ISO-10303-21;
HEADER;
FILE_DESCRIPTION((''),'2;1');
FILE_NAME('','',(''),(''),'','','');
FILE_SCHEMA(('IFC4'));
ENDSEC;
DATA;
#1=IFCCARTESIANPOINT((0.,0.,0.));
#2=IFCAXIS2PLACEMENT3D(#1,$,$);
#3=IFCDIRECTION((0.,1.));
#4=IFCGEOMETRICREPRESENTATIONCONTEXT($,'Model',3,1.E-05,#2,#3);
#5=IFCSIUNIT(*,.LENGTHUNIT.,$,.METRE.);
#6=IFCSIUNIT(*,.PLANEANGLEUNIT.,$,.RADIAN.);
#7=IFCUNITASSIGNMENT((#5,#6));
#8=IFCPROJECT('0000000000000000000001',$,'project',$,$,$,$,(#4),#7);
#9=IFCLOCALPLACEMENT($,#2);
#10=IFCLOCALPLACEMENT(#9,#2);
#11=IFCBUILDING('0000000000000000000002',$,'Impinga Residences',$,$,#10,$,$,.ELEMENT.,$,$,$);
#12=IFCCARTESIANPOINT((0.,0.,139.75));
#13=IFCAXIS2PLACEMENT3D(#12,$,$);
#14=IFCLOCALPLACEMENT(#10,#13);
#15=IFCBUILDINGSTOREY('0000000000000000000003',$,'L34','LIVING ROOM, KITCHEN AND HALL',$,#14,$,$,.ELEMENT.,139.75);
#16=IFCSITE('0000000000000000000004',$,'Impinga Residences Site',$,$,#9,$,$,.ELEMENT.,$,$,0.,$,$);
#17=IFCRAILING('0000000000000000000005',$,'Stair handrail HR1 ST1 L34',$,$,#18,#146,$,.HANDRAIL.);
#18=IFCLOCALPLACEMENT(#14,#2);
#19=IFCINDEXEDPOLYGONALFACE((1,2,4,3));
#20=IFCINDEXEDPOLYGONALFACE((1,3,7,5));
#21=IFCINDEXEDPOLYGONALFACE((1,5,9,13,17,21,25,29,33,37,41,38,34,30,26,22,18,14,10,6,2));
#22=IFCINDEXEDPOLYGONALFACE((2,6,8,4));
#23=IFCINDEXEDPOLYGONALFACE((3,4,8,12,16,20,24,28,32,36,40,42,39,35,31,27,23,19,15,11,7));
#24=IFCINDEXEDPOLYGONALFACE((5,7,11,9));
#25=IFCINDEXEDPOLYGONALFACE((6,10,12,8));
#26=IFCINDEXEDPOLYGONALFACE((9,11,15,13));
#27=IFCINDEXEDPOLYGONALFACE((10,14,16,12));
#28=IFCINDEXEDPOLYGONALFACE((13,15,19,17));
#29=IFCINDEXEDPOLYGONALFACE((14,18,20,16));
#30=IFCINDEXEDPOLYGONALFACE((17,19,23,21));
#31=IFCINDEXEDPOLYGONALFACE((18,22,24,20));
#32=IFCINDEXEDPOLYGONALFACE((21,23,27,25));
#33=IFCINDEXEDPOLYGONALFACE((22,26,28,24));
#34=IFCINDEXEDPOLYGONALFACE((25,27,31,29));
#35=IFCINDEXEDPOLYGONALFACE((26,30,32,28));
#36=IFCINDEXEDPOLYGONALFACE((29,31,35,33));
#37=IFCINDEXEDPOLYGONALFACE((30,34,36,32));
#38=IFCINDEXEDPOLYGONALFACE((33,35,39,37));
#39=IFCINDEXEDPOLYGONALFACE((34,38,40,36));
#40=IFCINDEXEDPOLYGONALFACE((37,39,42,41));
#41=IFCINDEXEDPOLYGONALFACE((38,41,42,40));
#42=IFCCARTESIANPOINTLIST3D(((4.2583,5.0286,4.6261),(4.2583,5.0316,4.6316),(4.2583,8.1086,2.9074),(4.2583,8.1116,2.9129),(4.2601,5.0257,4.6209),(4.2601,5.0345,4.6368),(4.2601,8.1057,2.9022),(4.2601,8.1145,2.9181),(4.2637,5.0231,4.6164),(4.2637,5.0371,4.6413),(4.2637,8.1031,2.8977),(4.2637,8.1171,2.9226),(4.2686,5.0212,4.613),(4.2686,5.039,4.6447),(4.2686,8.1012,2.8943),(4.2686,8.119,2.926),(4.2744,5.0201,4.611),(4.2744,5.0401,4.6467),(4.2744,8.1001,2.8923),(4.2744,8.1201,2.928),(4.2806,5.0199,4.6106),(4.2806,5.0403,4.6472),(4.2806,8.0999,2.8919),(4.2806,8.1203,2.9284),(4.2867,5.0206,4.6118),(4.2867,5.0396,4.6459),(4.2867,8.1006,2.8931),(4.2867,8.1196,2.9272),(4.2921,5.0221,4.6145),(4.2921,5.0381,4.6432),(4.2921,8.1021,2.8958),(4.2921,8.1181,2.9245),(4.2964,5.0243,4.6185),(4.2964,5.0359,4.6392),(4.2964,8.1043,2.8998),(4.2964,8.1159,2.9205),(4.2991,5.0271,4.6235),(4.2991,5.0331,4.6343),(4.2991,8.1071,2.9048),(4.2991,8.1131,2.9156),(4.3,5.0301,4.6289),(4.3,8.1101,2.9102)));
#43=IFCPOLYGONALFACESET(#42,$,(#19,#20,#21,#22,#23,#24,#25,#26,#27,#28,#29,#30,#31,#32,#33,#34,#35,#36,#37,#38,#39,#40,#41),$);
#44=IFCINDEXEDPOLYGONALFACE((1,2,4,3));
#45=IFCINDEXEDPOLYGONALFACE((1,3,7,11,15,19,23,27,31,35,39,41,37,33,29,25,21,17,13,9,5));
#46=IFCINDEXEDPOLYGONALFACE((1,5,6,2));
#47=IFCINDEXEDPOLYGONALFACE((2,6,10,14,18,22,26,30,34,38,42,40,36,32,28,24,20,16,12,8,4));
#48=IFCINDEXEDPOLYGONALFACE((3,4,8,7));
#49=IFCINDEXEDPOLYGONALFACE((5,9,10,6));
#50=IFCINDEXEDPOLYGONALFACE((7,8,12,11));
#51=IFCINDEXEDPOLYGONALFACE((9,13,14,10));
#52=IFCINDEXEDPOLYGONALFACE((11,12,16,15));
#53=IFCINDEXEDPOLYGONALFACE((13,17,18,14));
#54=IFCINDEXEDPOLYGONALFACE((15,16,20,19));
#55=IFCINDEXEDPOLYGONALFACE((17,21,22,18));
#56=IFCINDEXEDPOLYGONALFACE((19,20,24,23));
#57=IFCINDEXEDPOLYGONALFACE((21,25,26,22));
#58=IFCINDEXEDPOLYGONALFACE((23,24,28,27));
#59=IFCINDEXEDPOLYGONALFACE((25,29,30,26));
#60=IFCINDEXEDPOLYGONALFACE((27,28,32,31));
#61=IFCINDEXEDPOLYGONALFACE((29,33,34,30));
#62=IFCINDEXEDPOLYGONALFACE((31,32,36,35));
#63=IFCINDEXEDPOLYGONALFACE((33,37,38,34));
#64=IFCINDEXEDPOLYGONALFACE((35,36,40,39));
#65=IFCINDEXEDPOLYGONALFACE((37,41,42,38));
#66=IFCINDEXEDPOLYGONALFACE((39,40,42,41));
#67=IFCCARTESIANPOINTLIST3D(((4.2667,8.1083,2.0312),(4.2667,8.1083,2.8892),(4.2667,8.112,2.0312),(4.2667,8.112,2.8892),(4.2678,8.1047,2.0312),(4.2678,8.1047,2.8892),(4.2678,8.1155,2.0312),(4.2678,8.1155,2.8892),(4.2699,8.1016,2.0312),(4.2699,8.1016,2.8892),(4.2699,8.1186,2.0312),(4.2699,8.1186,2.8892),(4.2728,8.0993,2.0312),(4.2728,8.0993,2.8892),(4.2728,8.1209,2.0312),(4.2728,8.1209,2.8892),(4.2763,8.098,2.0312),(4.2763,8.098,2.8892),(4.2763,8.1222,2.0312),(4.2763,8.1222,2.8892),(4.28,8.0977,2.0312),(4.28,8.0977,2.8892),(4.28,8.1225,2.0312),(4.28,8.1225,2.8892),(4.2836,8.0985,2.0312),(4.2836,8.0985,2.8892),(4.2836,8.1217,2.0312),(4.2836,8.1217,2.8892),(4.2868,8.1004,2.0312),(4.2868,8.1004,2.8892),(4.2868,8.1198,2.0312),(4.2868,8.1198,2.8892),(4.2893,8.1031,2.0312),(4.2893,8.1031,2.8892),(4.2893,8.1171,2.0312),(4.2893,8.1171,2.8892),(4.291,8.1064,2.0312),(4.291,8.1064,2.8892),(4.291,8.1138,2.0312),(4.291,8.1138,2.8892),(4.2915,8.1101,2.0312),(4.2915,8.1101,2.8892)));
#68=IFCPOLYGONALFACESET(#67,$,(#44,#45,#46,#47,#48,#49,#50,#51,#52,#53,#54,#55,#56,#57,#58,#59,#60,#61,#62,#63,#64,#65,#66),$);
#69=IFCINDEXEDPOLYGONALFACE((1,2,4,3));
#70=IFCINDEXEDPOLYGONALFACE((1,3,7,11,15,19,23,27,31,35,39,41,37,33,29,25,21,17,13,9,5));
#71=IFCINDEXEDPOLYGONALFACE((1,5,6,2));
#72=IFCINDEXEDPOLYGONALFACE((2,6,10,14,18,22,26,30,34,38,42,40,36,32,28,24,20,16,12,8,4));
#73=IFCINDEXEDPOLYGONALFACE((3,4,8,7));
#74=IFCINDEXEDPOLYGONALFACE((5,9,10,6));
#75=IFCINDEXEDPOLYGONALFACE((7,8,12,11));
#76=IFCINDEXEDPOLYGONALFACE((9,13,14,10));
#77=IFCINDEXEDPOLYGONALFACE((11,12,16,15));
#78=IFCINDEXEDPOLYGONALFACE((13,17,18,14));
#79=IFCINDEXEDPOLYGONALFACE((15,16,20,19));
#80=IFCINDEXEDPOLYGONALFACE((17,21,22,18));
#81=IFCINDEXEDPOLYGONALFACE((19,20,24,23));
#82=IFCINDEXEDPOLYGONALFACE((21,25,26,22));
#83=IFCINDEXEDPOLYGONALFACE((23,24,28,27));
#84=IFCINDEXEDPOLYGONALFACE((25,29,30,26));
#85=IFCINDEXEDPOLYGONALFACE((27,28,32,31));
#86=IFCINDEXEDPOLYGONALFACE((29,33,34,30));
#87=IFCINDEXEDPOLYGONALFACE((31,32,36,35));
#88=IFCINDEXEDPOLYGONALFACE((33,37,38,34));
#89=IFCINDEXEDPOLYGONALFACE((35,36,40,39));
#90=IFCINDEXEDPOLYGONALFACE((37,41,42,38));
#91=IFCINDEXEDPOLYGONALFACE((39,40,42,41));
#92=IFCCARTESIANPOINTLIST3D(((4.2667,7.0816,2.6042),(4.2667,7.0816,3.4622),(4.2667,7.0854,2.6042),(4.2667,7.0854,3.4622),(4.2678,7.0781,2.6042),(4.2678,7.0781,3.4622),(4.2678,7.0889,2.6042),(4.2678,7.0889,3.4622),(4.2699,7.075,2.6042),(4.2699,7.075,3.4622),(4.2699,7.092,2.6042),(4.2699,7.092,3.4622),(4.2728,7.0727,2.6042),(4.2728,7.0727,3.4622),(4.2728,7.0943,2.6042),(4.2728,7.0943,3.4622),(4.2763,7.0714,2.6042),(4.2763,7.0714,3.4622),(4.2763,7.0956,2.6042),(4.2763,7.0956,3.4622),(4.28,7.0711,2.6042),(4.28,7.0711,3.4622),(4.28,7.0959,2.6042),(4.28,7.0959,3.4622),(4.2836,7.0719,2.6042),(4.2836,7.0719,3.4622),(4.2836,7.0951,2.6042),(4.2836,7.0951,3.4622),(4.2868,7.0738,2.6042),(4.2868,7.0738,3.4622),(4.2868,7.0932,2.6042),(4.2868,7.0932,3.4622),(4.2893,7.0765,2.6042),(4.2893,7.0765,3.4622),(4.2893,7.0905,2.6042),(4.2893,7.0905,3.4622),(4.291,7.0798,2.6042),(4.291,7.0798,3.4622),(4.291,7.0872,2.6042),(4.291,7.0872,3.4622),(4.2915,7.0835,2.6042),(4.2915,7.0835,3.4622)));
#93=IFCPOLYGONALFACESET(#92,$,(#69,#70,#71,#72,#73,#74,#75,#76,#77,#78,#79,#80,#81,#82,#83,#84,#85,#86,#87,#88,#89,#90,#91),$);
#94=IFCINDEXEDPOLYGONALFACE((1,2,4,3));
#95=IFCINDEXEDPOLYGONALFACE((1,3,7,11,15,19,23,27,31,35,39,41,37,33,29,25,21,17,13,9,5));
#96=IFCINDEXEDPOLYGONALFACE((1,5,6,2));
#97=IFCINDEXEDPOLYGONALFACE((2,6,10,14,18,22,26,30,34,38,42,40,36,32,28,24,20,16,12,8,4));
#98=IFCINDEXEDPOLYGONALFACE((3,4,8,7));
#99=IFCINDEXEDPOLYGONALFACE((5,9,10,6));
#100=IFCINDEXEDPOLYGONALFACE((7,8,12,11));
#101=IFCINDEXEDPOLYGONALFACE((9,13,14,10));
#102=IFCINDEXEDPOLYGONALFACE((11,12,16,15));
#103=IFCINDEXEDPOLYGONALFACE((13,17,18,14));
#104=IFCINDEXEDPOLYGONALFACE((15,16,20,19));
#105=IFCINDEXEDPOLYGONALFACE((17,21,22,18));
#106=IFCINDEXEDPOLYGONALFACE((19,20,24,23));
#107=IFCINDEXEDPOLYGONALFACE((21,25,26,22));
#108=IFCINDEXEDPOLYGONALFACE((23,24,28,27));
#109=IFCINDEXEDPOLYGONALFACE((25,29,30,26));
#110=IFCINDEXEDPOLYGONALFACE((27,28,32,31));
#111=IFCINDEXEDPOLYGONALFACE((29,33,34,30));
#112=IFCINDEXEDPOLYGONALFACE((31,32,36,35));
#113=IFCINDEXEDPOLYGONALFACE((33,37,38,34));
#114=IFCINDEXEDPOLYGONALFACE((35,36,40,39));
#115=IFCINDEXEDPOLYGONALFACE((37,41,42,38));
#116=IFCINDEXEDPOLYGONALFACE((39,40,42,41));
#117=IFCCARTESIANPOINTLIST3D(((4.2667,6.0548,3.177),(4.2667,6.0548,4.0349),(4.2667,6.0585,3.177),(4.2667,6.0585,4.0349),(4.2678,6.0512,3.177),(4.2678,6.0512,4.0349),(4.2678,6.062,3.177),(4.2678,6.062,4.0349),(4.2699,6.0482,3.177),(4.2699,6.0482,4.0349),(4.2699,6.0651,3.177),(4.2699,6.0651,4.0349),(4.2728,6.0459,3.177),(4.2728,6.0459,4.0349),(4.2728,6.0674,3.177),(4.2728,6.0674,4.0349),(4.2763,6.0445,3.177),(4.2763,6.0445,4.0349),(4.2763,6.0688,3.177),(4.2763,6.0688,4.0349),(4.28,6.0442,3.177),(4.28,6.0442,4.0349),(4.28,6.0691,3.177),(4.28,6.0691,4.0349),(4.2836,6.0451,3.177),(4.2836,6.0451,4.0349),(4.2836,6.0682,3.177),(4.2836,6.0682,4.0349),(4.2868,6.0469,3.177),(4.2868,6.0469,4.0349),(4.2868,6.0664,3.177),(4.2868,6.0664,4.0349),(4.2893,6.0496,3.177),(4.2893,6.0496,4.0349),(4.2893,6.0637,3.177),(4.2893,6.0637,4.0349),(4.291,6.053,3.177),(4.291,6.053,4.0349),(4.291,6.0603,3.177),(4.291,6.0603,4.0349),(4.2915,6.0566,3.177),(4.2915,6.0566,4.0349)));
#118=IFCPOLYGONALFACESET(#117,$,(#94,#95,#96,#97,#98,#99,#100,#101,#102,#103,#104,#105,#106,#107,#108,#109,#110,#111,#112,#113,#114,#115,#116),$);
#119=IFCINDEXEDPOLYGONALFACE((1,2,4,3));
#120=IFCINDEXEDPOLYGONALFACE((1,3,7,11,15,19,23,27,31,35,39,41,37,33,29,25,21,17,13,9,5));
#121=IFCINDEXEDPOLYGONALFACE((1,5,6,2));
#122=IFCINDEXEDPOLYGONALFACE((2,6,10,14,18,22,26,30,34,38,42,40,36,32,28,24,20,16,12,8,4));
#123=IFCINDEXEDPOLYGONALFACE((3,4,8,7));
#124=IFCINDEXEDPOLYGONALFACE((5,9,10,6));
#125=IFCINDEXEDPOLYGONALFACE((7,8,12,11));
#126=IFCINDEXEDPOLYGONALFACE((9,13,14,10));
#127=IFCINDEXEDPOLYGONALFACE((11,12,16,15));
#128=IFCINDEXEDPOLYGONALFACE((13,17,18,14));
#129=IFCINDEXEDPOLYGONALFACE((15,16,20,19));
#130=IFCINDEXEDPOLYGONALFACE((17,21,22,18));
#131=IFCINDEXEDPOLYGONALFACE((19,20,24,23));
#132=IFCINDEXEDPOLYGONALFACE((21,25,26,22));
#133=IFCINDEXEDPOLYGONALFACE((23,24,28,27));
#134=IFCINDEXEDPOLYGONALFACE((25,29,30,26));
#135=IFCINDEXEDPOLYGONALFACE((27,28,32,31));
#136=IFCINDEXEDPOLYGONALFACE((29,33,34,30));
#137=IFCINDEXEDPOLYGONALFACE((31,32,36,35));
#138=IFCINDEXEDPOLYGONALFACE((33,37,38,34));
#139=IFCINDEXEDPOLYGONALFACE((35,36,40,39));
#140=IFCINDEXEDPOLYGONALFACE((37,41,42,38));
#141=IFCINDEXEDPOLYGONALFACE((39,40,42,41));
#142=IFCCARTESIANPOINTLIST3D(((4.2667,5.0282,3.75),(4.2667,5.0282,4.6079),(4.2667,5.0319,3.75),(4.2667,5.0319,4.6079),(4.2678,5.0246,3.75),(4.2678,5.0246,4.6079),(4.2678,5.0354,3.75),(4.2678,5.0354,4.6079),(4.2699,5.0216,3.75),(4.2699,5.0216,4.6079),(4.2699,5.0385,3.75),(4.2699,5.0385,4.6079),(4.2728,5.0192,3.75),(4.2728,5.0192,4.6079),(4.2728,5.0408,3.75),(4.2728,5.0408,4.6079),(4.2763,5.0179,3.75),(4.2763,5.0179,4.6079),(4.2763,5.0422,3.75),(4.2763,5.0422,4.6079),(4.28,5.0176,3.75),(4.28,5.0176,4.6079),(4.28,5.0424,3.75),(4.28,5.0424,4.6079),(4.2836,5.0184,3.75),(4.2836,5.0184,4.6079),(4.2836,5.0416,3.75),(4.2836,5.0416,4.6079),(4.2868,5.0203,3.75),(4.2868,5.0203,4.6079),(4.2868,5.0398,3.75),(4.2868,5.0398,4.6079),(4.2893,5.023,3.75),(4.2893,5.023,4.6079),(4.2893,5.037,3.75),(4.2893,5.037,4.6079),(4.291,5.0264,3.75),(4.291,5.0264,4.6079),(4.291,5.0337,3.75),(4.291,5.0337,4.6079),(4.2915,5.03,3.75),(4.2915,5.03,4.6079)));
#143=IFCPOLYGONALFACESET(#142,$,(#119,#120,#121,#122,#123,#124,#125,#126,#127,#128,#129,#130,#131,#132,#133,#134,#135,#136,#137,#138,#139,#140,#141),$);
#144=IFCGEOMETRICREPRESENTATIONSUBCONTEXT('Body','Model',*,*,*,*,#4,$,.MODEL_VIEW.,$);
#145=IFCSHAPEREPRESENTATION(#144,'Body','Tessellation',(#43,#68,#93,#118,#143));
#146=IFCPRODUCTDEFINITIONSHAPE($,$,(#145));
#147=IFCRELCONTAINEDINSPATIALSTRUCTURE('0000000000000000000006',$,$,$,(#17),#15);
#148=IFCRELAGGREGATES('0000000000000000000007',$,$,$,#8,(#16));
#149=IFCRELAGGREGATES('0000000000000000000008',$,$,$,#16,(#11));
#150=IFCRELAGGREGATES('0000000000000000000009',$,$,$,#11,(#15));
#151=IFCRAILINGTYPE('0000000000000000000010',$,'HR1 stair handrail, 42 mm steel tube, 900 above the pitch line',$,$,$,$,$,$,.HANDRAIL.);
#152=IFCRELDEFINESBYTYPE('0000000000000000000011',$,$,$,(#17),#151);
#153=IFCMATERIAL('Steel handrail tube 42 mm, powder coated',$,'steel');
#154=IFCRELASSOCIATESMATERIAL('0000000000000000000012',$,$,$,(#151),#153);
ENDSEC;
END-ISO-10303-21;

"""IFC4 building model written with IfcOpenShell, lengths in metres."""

from ifc_helpers import new_model, si_unit, direction, frame, origin, origin_2d, place, context, subcontext, project, spatial, circle, extrude, material, type_object, element, save


model = new_model("IFC4")

# Units and contexts
model_context = context("Model", 3, precision=1e-05, world=origin(), true_north=direction((0.0, 1.0)))
body_context = subcontext(model_context, "Body", "Model", "MODEL_VIEW")
ifc_project = project(units=[si_unit("LENGTHUNIT", "METRE"), si_unit("PLANEANGLEUNIT", "RADIAN")], contexts=[model_context])

# Site, building, storey
site_placement = place(None, origin())
site = spatial("IfcSite", under=ifc_project, at=site_placement, Name="Impinga Residences Site", CompositionType="ELEMENT", RefElevation=0.0)
building_placement = place(site_placement, origin())
building = spatial("IfcBuilding", under=site, at=building_placement, Name="Impinga Residences", CompositionType="ELEMENT")
storey_placement = place(building_placement, frame((0.0, 0.0, 139.75)))
storey = spatial("IfcBuildingStorey", under=building, at=storey_placement, Name="L34", Description="LIVING ROOM, KITCHEN AND HALL", CompositionType="ELEMENT", Elevation=139.75)

# Railing
ifc_material_1 = material(Name="Steel handrail tube 42 mm, powder coated", Category="steel")
railing_type_1 = type_object("IfcRailingType", Name="HR1 stair handrail, 42 mm steel tube, 900 above the pitch line", PredefinedType="HANDRAIL", material=ifc_material_1)
railing_1_placement = place(storey_placement, frame((4.2791, 8.1101, 2.0312)))
element("IfcRailing", 1, at=railing_1_placement, inside=storey, type_object=railing_type_1, Name="Stair handrail HR1 ST1 L34", PredefinedType="HANDRAIL", context=body_context, shape_type="SweptSolid", body=[
    extrude(circle(Radius=0.021, at=origin_2d()), frame((0.0, 0.0, 0.8789), z_axis=(0.0, -0.873242, 0.487288), x_axis=(1.0, 0.0, 0.0)), (0.0, 0.0, 1.0), 3.5271),
    extrude(circle(Radius=0.0125, at=origin_2d()), origin(), (0.0, 0.0, 1.0), 0.8579),
    extrude(circle(Radius=0.0125, at=origin_2d()), frame((0.0, -1.0266, 0.573)), (0.0, 0.0, 1.0), 0.8579),
    extrude(circle(Radius=0.0125, at=origin_2d()), frame((0.0, -2.0535, 1.1458)), (0.0, 0.0, 1.0), 0.8579),
    extrude(circle(Radius=0.0125, at=origin_2d()), frame((0.0, -3.0801, 1.7188)), (0.0, 0.0, 1.0), 0.8579),
])

save(model, "model.ifc")
